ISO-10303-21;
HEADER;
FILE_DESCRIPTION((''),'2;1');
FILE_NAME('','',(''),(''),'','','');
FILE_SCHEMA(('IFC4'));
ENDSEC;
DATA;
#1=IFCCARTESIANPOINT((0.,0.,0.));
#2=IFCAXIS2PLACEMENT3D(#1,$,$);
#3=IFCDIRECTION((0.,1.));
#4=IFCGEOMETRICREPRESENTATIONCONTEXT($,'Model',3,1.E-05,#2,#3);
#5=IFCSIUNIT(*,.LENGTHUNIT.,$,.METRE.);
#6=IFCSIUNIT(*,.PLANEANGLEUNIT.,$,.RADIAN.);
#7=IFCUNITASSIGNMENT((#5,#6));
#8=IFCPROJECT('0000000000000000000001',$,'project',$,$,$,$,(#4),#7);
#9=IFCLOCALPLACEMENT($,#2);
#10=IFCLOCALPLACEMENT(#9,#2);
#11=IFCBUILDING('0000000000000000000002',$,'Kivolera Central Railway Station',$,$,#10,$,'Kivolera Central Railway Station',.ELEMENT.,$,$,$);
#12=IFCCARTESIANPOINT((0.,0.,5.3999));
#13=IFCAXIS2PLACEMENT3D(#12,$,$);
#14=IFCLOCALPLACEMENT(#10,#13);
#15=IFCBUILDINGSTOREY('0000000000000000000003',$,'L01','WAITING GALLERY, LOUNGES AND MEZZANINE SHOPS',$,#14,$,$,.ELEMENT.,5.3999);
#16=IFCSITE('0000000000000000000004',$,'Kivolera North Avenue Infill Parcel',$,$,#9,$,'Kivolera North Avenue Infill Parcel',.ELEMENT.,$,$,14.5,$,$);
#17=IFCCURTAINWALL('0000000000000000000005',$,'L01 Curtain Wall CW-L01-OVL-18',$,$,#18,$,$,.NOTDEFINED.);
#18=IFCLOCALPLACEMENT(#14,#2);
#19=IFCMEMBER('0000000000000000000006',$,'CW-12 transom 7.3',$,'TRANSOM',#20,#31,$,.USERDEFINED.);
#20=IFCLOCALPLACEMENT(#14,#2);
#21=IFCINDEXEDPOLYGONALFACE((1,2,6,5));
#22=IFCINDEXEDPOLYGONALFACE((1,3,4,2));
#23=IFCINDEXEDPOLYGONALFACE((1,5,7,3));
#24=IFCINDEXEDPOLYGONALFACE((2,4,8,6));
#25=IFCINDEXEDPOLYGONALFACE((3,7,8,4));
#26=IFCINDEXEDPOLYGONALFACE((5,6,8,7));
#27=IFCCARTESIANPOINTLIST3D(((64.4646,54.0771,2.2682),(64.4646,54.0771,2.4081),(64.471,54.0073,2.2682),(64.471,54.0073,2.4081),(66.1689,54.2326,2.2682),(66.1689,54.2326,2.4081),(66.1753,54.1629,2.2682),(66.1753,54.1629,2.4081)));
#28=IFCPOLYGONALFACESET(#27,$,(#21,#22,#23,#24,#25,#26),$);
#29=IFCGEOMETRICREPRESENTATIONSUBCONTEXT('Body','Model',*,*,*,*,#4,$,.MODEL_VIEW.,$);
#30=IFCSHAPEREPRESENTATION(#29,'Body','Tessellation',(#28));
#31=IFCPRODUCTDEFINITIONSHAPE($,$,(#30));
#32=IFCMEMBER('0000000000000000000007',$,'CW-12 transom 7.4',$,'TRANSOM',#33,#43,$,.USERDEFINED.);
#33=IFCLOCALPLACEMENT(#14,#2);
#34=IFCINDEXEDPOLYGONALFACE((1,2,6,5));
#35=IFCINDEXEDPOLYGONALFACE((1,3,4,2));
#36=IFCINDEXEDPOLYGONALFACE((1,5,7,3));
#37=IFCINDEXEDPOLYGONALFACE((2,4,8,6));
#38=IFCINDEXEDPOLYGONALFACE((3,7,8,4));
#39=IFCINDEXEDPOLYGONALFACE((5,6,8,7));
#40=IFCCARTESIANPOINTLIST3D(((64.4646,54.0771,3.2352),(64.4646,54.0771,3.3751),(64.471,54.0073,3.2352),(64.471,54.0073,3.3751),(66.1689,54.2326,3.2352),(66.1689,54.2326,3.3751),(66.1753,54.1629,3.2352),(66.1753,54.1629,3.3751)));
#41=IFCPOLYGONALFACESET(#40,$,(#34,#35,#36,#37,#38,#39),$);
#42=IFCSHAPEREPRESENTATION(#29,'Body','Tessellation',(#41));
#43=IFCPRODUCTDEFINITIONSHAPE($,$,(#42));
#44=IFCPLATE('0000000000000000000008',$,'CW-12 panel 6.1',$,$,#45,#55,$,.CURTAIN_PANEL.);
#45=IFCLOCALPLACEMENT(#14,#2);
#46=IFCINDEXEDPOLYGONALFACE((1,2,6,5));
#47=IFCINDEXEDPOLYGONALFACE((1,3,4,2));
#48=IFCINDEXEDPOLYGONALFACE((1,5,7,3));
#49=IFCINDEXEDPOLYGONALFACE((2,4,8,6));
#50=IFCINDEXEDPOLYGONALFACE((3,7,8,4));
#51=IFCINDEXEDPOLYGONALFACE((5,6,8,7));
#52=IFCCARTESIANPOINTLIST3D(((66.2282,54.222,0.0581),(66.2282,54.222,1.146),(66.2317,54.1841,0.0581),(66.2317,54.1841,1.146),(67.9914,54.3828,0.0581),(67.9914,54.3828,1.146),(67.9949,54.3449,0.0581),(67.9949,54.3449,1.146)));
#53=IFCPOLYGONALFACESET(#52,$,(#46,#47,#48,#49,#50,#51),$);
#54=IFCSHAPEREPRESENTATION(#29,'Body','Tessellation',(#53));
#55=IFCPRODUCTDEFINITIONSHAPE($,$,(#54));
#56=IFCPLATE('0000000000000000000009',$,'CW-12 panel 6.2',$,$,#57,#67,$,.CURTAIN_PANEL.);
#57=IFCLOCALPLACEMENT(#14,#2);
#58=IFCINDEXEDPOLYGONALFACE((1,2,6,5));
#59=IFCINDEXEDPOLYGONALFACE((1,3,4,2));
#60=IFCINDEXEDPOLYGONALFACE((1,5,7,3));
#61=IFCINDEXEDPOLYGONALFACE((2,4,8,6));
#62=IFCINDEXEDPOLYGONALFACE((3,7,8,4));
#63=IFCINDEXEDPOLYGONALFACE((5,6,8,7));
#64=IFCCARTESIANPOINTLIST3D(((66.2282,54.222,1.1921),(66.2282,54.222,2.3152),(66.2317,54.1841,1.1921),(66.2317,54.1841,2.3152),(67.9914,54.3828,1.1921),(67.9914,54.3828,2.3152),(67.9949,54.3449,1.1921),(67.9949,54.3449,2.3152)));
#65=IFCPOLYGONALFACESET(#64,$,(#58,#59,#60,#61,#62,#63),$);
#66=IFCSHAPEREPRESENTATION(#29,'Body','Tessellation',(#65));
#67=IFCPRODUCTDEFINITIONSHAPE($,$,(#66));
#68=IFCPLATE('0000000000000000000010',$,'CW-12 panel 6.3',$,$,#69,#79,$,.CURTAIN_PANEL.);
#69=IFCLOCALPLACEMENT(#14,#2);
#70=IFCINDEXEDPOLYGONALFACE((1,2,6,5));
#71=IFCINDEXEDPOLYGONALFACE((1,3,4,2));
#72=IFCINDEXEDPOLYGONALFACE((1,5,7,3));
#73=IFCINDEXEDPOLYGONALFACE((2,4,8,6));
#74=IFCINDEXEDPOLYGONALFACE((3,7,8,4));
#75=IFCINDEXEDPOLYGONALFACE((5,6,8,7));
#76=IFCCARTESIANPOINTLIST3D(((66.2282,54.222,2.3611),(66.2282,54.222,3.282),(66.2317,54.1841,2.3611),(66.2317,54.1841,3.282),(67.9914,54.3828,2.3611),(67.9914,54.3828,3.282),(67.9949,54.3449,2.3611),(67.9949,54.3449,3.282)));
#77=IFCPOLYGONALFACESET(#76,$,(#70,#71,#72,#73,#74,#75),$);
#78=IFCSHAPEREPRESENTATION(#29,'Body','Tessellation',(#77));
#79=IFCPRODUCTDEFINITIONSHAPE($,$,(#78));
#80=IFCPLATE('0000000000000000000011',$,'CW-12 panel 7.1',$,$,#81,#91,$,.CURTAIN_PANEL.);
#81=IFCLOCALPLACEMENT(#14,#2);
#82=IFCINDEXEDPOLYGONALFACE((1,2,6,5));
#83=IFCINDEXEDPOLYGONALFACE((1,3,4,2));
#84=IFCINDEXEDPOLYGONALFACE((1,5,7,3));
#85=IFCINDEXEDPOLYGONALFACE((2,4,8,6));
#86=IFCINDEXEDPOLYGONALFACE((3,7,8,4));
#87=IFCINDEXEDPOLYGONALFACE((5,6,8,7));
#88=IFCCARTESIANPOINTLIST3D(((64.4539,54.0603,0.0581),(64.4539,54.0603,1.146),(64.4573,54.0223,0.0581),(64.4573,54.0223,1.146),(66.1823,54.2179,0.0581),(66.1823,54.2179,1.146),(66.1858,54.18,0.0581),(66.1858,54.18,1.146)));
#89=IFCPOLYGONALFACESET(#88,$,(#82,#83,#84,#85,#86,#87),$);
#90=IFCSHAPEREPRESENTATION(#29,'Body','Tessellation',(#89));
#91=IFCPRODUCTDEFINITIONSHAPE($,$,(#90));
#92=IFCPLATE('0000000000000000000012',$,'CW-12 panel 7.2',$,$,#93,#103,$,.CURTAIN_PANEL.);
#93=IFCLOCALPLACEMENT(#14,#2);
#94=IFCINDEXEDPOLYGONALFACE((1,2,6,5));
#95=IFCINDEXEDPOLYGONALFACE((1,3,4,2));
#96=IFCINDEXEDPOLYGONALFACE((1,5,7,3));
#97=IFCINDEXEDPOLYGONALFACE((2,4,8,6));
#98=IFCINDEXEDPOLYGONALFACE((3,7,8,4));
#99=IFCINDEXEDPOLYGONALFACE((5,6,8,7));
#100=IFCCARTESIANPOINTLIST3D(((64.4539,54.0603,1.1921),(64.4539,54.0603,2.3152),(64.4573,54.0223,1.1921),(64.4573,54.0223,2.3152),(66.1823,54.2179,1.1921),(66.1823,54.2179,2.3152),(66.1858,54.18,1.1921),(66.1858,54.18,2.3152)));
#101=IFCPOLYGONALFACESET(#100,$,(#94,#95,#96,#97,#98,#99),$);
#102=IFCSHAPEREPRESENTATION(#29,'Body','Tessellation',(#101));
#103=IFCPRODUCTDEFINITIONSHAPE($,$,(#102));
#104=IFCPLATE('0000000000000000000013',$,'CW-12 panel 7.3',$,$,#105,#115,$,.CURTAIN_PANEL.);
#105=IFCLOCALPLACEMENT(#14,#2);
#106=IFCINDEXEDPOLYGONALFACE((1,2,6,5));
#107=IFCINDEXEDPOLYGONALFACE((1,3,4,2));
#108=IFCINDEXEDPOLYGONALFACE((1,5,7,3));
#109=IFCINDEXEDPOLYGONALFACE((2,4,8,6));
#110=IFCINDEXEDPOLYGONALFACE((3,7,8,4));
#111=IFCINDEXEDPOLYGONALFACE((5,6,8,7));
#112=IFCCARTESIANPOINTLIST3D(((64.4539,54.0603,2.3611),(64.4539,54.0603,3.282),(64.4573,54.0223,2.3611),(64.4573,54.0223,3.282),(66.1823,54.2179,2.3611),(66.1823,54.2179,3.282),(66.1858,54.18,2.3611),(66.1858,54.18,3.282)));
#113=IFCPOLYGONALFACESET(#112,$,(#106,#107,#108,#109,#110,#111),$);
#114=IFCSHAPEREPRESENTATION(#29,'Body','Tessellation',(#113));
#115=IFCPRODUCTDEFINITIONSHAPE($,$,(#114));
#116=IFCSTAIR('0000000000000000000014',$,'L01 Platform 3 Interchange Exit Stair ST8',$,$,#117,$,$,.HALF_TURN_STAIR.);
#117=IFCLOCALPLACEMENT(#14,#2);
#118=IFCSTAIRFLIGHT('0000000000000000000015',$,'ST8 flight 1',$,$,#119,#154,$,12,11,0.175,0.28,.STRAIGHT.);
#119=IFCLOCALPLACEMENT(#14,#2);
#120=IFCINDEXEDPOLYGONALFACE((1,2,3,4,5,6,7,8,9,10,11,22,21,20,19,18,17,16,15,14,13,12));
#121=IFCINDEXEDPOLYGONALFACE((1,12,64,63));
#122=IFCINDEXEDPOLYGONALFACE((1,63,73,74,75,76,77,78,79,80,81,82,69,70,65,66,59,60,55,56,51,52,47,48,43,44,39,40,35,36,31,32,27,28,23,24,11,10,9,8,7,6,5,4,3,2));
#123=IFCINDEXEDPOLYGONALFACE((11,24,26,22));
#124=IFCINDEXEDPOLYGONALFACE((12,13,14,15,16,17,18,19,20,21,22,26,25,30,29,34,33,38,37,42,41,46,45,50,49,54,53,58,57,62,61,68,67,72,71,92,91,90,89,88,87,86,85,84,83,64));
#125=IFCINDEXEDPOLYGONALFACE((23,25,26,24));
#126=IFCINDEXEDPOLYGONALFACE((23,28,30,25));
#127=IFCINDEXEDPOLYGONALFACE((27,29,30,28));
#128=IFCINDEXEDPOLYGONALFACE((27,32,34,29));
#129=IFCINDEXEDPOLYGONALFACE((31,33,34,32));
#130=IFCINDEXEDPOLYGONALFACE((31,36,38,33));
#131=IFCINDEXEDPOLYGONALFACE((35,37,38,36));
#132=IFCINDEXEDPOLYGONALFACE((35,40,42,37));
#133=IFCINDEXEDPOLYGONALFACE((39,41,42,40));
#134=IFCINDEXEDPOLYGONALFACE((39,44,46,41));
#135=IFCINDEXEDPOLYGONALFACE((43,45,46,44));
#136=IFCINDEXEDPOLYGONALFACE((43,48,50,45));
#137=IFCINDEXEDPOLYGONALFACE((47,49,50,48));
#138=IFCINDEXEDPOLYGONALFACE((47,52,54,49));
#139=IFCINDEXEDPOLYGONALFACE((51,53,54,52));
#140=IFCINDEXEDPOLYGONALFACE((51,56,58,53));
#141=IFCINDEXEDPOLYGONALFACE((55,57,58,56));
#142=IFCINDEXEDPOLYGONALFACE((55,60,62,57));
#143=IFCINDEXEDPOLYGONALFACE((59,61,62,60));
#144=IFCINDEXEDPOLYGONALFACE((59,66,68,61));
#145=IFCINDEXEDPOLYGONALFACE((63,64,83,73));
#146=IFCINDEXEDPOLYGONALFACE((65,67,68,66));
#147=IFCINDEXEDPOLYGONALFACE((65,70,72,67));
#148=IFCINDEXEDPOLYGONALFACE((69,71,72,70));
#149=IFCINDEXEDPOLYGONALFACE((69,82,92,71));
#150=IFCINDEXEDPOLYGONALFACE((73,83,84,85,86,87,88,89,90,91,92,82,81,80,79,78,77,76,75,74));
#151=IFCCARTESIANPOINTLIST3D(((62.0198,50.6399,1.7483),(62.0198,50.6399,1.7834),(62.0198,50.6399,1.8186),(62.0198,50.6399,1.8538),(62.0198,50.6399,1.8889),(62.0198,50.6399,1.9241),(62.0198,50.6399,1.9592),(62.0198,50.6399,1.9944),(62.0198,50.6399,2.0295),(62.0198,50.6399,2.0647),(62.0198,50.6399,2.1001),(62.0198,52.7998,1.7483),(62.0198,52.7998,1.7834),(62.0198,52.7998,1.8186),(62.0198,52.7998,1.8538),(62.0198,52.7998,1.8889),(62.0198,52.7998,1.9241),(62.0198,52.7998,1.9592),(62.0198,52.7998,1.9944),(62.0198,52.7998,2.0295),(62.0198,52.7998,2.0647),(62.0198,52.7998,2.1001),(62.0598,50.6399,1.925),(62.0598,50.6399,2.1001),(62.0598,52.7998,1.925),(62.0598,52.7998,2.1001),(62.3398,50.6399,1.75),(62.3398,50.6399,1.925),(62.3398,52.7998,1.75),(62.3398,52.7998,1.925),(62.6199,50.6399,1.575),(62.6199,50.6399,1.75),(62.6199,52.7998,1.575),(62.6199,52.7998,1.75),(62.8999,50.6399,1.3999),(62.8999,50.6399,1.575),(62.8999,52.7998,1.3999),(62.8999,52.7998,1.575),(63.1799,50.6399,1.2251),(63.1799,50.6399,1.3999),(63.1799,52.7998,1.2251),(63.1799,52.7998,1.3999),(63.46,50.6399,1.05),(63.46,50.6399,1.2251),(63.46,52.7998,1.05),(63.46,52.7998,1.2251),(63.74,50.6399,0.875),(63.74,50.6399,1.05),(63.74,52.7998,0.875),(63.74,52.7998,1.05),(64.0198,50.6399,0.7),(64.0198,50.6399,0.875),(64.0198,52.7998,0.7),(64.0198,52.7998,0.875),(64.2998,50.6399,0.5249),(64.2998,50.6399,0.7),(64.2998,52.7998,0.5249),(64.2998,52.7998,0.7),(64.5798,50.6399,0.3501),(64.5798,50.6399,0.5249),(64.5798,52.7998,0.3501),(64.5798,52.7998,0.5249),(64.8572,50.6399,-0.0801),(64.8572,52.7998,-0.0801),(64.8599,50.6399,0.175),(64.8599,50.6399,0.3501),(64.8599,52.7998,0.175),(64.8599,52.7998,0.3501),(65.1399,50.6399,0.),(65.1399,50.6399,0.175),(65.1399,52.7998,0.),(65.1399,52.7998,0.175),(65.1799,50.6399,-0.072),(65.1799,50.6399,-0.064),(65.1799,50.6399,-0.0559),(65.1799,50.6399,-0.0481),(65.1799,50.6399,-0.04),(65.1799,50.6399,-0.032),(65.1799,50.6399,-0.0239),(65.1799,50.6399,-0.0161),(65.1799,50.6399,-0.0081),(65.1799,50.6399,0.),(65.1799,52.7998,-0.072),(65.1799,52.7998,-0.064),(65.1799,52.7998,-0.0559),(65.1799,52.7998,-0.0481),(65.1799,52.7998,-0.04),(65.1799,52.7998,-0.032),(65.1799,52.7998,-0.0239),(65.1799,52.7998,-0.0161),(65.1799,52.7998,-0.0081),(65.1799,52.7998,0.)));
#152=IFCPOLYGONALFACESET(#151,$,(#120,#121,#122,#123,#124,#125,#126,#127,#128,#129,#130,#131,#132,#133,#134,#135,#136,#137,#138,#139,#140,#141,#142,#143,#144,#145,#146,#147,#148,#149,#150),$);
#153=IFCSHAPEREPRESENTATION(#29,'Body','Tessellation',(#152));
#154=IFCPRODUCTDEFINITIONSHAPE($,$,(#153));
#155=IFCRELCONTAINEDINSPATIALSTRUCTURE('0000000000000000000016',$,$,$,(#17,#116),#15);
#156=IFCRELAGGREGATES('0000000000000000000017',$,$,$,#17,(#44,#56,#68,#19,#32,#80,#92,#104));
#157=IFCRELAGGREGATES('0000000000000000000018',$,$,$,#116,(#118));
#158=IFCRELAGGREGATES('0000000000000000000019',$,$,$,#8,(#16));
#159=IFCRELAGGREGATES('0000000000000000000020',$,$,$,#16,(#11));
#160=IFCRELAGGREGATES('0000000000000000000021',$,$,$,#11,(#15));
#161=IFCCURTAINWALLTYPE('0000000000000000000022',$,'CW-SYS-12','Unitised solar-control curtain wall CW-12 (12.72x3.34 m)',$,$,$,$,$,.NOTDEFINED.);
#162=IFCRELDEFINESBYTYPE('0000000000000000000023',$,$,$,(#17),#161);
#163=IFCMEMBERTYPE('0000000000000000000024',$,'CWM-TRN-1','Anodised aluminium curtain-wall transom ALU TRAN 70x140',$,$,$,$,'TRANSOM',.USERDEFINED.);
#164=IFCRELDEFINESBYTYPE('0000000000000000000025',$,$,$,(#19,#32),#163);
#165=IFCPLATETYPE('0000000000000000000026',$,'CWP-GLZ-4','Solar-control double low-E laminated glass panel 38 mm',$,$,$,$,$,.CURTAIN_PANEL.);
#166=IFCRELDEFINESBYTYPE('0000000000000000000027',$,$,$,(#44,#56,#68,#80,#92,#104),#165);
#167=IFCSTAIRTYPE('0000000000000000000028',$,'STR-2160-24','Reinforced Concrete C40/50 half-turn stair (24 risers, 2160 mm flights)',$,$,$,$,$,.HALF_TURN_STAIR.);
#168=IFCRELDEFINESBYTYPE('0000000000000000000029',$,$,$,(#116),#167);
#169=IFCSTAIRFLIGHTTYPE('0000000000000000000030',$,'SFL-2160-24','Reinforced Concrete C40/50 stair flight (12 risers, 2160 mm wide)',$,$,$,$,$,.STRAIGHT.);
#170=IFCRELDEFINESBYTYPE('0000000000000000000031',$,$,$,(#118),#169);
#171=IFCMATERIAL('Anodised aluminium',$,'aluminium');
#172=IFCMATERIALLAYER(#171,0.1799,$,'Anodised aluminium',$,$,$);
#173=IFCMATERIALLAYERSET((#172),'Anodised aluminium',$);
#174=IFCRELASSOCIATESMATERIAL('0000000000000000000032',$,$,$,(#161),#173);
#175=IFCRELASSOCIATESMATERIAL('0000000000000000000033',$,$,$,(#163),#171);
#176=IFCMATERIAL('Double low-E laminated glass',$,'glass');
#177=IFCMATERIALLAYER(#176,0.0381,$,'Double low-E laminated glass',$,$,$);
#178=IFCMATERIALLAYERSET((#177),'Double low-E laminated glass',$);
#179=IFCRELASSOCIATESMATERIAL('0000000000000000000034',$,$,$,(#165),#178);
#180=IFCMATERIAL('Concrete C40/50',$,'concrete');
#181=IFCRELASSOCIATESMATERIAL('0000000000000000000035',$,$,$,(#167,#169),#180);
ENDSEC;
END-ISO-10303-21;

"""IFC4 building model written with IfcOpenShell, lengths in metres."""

from ifc_helpers import new_model, si_unit, direction, frame, origin, origin_2d, place, context, subcontext, project, spatial, polyline, rectangle, outline, extrude, material, layer, layer_set, material_profile, profile_set, type_object, element, aggregate, save


model = new_model("IFC4")

# Units and contexts
model_context = context("Model", 3, precision=1e-05, world=origin(), true_north=direction((0.0, 1.0)))
body_context = subcontext(model_context, "Body", "Model", "MODEL_VIEW")
ifc_project = project(units=[si_unit("LENGTHUNIT", "METRE"), si_unit("PLANEANGLEUNIT", "RADIAN")], contexts=[model_context])

# Site, building, storey
site_placement = place(None, origin())
site = spatial("IfcSite", under=ifc_project, at=site_placement, Name="Kivolera North Avenue Infill Parcel", LongName="Kivolera North Avenue Infill Parcel", CompositionType="ELEMENT", RefElevation=14.5)
building_placement = place(site_placement, origin())
building = spatial("IfcBuilding", under=site, at=building_placement, Name="Kivolera Central Railway Station", LongName="Kivolera Central Railway Station", CompositionType="ELEMENT")
storey_placement = place(building_placement, frame((0.0, 0.0, 5.3999)))
storey = spatial("IfcBuildingStorey", under=building, at=storey_placement, Name="L01", Description="WAITING GALLERY, LOUNGES AND MEZZANINE SHOPS", CompositionType="ELEMENT", Elevation=5.3999)

# Shared definitions
ifc_material_1 = material(Name="Concrete C40/50", Category="concrete")

# Curtain wall, members, plates
ifc_material_2 = material(Name="Anodised aluminium", Category="aluminium")
ifc_layer_1 = layer(ifc_material_2, 0.1799, Name="Anodised aluminium")
ifc_layer_set_1 = layer_set([ifc_layer_1], Name="Anodised aluminium")
curtain_wall_type = type_object("IfcCurtainWallType", Name="CW-SYS-12", Description="Unitised solar-control curtain wall CW-12 (12.72x3.34 m)", PredefinedType="NOTDEFINED", material=ifc_layer_set_1)
curtain_wall_placement = place(storey_placement, origin())
curtain_wall = element("IfcCurtainWall", 1, at=curtain_wall_placement, inside=storey, type_object=curtain_wall_type, Name="L01 Curtain Wall CW-L01-OVL-18", PredefinedType="NOTDEFINED")
ifc_material_profile_1 = material_profile(ifc_material_2, rectangle(XDim=0.0701, YDim=0.1399, at=origin_2d()), Name="ALU TRAN 70x140")
ifc_profile_set_1 = profile_set([ifc_material_profile_1], Name="Anodised aluminium")
member_type_1 = type_object("IfcMemberType", Name="CWM-TRN-1", Description="Anodised aluminium curtain-wall transom ALU TRAN 70x140", ElementType="TRANSOM", PredefinedType="USERDEFINED", material=ifc_profile_set_1)
member_1_placement = place(storey_placement, frame((66.1721, 54.1978, 2.3381), z_axis=(-0.995863, -0.09087, 0.0), x_axis=(0.09087, -0.995863, 0.0)))
member_1 = element("IfcMember", 2, at=member_1_placement, type_object=member_type_1, Name="CW-12 transom 7.3", ObjectType="TRANSOM", PredefinedType="USERDEFINED", context=body_context, shape_type="SweptSolid", body=[
    extrude(rectangle(XDim=0.0701, YDim=0.1399, at=origin_2d()), origin(), (0.0, 0.0, 1.0), 1.7114),
])
member_2_placement = place(storey_placement, frame((66.1721, 54.1978, 3.3052), z_axis=(-0.995863, -0.09087, 0.0), x_axis=(0.09087, -0.995863, 0.0)))
member_2 = element("IfcMember", 3, at=member_2_placement, type_object=member_type_1, Name="CW-12 transom 7.4", ObjectType="TRANSOM", PredefinedType="USERDEFINED", context=body_context, shape_type="SweptSolid", body=[
    extrude(rectangle(XDim=0.0701, YDim=0.1399, at=origin_2d()), origin(), (0.0, 0.0, 1.0), 1.7114),
])
ifc_material_3 = material(Name="Double low-E laminated glass", Category="glass")
ifc_layer_2 = layer(ifc_material_3, 0.0381, Name="Double low-E laminated glass")
ifc_layer_set_2 = layer_set([ifc_layer_2], Name="Double low-E laminated glass")
plate_type = type_object("IfcPlateType", Name="CWP-GLZ-4", Description="Solar-control double low-E laminated glass panel 38 mm", PredefinedType="CURTAIN_PANEL", material=ifc_layer_set_2)
plate_1_placement = place(storey_placement, frame((67.1116, 54.2834, 0.0581), z_axis=(0.0, 0.0, 1.0), x_axis=(-0.995866, -0.090834, 0.0)))
plate_1 = element("IfcPlate", 4, at=plate_1_placement, type_object=plate_type, Name="CW-12 panel 6.1", PredefinedType="CURTAIN_PANEL", context=body_context, shape_type="SweptSolid", body=[
    extrude(rectangle(XDim=1.7705, YDim=0.0381, at=origin_2d()), origin(), (0.0, 0.0, 1.0), 1.0879),
])
plate_2_placement = place(storey_placement, frame((67.1116, 54.2834, 1.1921), z_axis=(0.0, 0.0, 1.0), x_axis=(-0.995866, -0.090834, 0.0)))
plate_2 = element("IfcPlate", 5, at=plate_2_placement, type_object=plate_type, Name="CW-12 panel 6.2", PredefinedType="CURTAIN_PANEL", context=body_context, shape_type="SweptSolid", body=[
    extrude(rectangle(XDim=1.7705, YDim=0.0381, at=origin_2d()), origin(), (0.0, 0.0, 1.0), 1.123),
])
plate_3_placement = place(storey_placement, frame((67.1116, 54.2834, 2.3611), z_axis=(0.0, 0.0, 1.0), x_axis=(-0.995866, -0.090834, 0.0)))
plate_3 = element("IfcPlate", 6, at=plate_3_placement, type_object=plate_type, Name="CW-12 panel 6.3", PredefinedType="CURTAIN_PANEL", context=body_context, shape_type="SweptSolid", body=[
    extrude(rectangle(XDim=1.7705, YDim=0.0381, at=origin_2d()), origin(), (0.0, 0.0, 1.0), 0.9209),
])
plate_4_placement = place(storey_placement, frame((65.3198, 54.1201, 0.0581), z_axis=(0.0, 0.0, 1.0), x_axis=(-0.995866, -0.090834, 0.0)))
plate_4 = element("IfcPlate", 7, at=plate_4_placement, type_object=plate_type, Name="CW-12 panel 7.1", PredefinedType="CURTAIN_PANEL", context=body_context, shape_type="SweptSolid", body=[
    extrude(rectangle(XDim=1.7356, YDim=0.0381, at=origin_2d()), origin(), (0.0, 0.0, 1.0), 1.0879),
])
plate_5_placement = place(storey_placement, frame((65.3198, 54.1201, 1.1921), z_axis=(0.0, 0.0, 1.0), x_axis=(-0.995866, -0.090834, 0.0)))
plate_5 = element("IfcPlate", 8, at=plate_5_placement, type_object=plate_type, Name="CW-12 panel 7.2", PredefinedType="CURTAIN_PANEL", context=body_context, shape_type="SweptSolid", body=[
    extrude(rectangle(XDim=1.7356, YDim=0.0381, at=origin_2d()), origin(), (0.0, 0.0, 1.0), 1.123),
])
plate_6_placement = place(storey_placement, frame((65.3198, 54.1201, 2.3611), z_axis=(0.0, 0.0, 1.0), x_axis=(-0.995866, -0.090834, 0.0)))
plate_6 = element("IfcPlate", 9, at=plate_6_placement, type_object=plate_type, Name="CW-12 panel 7.3", PredefinedType="CURTAIN_PANEL", context=body_context, shape_type="SweptSolid", body=[
    extrude(rectangle(XDim=1.7356, YDim=0.0381, at=origin_2d()), origin(), (0.0, 0.0, 1.0), 0.9209),
])
aggregate(curtain_wall, [plate_1, plate_2, plate_3, member_1, member_2, plate_4, plate_5, plate_6])

# Stair, stair flight
stair_type = type_object("IfcStairType", Name="STR-2160-24", Description="Reinforced Concrete C40/50 half-turn stair (24 risers, 2160 mm flights)", PredefinedType="HALF_TURN_STAIR", material=ifc_material_1)
stair_placement = place(storey_placement, origin())
stair = element("IfcStair", 10, at=stair_placement, inside=storey, type_object=stair_type, Name="L01 Platform 3 Interchange Exit Stair ST8", PredefinedType="HALF_TURN_STAIR")
stair_flight_type = type_object("IfcStairFlightType", Name="SFL-2160-24", Description="Reinforced Concrete C40/50 stair flight (12 risers, 2160 mm wide)", PredefinedType="STRAIGHT", material=ifc_material_1)
stair_flight_placement = place(storey_placement, frame((65.1399, 51.72, 0.0), z_axis=(0.0, 0.0, 1.0), x_axis=(-1.0, 0.0, 0.0)))
stair_flight = element("IfcStairFlight", 11, at=stair_flight_placement, type_object=stair_flight_type, Name="ST8 flight 1", NumberOfRisers=12, NumberOfTreads=11, PredefinedType="STRAIGHT", RiserHeight=0.175, TreadLength=0.28, context=body_context, shape_type="SweptSolid", body=[
    extrude(outline(polyline([(-0.04, 0.0), (0.0, 0.0), (0.0, 0.175), (0.28, 0.175), (0.28, 0.3501), (0.5601, 0.3501), (0.5601, 0.5249), (0.8401, 0.5249), (0.8401, 0.7), (1.1201, 0.7), (1.1201, 0.875), (1.3999, 0.875), (1.3999, 1.05), (1.6799, 1.05), (1.6799, 1.2251), (1.96, 1.2251), (1.96, 1.3999), (2.24, 1.3999), (2.24, 1.575), (2.52, 1.575), (2.52, 1.75), (2.8, 1.75), (2.8, 1.925), (3.0801, 1.925), (3.0801, 2.1001), (3.1201, 2.1001), (3.1201, 2.0647), (3.1201, 2.0295), (3.1201, 1.9944), (3.1201, 1.9592), (3.1201, 1.9241), (3.1201, 1.8889), (3.1201, 1.8538), (3.1201, 1.8186), (3.1201, 1.7834), (3.1201, 1.7483), (0.2827, -0.0801), (-0.04, -0.072), (-0.04, -0.064), (-0.04, -0.0559), (-0.04, -0.0481), (-0.04, -0.04), (-0.04, -0.032), (-0.04, -0.0239), (-0.04, -0.0161), (-0.04, -0.0081), (-0.04, 0.0)])), frame((0.0, 1.0801, 0.0), z_axis=(0.0, -1.0, 0.0), x_axis=(1.0, 0.0, 0.0)), (0.0, 0.0, 1.0), 2.1599),
])
aggregate(stair, [stair_flight])

save(model, "model.ifc")
